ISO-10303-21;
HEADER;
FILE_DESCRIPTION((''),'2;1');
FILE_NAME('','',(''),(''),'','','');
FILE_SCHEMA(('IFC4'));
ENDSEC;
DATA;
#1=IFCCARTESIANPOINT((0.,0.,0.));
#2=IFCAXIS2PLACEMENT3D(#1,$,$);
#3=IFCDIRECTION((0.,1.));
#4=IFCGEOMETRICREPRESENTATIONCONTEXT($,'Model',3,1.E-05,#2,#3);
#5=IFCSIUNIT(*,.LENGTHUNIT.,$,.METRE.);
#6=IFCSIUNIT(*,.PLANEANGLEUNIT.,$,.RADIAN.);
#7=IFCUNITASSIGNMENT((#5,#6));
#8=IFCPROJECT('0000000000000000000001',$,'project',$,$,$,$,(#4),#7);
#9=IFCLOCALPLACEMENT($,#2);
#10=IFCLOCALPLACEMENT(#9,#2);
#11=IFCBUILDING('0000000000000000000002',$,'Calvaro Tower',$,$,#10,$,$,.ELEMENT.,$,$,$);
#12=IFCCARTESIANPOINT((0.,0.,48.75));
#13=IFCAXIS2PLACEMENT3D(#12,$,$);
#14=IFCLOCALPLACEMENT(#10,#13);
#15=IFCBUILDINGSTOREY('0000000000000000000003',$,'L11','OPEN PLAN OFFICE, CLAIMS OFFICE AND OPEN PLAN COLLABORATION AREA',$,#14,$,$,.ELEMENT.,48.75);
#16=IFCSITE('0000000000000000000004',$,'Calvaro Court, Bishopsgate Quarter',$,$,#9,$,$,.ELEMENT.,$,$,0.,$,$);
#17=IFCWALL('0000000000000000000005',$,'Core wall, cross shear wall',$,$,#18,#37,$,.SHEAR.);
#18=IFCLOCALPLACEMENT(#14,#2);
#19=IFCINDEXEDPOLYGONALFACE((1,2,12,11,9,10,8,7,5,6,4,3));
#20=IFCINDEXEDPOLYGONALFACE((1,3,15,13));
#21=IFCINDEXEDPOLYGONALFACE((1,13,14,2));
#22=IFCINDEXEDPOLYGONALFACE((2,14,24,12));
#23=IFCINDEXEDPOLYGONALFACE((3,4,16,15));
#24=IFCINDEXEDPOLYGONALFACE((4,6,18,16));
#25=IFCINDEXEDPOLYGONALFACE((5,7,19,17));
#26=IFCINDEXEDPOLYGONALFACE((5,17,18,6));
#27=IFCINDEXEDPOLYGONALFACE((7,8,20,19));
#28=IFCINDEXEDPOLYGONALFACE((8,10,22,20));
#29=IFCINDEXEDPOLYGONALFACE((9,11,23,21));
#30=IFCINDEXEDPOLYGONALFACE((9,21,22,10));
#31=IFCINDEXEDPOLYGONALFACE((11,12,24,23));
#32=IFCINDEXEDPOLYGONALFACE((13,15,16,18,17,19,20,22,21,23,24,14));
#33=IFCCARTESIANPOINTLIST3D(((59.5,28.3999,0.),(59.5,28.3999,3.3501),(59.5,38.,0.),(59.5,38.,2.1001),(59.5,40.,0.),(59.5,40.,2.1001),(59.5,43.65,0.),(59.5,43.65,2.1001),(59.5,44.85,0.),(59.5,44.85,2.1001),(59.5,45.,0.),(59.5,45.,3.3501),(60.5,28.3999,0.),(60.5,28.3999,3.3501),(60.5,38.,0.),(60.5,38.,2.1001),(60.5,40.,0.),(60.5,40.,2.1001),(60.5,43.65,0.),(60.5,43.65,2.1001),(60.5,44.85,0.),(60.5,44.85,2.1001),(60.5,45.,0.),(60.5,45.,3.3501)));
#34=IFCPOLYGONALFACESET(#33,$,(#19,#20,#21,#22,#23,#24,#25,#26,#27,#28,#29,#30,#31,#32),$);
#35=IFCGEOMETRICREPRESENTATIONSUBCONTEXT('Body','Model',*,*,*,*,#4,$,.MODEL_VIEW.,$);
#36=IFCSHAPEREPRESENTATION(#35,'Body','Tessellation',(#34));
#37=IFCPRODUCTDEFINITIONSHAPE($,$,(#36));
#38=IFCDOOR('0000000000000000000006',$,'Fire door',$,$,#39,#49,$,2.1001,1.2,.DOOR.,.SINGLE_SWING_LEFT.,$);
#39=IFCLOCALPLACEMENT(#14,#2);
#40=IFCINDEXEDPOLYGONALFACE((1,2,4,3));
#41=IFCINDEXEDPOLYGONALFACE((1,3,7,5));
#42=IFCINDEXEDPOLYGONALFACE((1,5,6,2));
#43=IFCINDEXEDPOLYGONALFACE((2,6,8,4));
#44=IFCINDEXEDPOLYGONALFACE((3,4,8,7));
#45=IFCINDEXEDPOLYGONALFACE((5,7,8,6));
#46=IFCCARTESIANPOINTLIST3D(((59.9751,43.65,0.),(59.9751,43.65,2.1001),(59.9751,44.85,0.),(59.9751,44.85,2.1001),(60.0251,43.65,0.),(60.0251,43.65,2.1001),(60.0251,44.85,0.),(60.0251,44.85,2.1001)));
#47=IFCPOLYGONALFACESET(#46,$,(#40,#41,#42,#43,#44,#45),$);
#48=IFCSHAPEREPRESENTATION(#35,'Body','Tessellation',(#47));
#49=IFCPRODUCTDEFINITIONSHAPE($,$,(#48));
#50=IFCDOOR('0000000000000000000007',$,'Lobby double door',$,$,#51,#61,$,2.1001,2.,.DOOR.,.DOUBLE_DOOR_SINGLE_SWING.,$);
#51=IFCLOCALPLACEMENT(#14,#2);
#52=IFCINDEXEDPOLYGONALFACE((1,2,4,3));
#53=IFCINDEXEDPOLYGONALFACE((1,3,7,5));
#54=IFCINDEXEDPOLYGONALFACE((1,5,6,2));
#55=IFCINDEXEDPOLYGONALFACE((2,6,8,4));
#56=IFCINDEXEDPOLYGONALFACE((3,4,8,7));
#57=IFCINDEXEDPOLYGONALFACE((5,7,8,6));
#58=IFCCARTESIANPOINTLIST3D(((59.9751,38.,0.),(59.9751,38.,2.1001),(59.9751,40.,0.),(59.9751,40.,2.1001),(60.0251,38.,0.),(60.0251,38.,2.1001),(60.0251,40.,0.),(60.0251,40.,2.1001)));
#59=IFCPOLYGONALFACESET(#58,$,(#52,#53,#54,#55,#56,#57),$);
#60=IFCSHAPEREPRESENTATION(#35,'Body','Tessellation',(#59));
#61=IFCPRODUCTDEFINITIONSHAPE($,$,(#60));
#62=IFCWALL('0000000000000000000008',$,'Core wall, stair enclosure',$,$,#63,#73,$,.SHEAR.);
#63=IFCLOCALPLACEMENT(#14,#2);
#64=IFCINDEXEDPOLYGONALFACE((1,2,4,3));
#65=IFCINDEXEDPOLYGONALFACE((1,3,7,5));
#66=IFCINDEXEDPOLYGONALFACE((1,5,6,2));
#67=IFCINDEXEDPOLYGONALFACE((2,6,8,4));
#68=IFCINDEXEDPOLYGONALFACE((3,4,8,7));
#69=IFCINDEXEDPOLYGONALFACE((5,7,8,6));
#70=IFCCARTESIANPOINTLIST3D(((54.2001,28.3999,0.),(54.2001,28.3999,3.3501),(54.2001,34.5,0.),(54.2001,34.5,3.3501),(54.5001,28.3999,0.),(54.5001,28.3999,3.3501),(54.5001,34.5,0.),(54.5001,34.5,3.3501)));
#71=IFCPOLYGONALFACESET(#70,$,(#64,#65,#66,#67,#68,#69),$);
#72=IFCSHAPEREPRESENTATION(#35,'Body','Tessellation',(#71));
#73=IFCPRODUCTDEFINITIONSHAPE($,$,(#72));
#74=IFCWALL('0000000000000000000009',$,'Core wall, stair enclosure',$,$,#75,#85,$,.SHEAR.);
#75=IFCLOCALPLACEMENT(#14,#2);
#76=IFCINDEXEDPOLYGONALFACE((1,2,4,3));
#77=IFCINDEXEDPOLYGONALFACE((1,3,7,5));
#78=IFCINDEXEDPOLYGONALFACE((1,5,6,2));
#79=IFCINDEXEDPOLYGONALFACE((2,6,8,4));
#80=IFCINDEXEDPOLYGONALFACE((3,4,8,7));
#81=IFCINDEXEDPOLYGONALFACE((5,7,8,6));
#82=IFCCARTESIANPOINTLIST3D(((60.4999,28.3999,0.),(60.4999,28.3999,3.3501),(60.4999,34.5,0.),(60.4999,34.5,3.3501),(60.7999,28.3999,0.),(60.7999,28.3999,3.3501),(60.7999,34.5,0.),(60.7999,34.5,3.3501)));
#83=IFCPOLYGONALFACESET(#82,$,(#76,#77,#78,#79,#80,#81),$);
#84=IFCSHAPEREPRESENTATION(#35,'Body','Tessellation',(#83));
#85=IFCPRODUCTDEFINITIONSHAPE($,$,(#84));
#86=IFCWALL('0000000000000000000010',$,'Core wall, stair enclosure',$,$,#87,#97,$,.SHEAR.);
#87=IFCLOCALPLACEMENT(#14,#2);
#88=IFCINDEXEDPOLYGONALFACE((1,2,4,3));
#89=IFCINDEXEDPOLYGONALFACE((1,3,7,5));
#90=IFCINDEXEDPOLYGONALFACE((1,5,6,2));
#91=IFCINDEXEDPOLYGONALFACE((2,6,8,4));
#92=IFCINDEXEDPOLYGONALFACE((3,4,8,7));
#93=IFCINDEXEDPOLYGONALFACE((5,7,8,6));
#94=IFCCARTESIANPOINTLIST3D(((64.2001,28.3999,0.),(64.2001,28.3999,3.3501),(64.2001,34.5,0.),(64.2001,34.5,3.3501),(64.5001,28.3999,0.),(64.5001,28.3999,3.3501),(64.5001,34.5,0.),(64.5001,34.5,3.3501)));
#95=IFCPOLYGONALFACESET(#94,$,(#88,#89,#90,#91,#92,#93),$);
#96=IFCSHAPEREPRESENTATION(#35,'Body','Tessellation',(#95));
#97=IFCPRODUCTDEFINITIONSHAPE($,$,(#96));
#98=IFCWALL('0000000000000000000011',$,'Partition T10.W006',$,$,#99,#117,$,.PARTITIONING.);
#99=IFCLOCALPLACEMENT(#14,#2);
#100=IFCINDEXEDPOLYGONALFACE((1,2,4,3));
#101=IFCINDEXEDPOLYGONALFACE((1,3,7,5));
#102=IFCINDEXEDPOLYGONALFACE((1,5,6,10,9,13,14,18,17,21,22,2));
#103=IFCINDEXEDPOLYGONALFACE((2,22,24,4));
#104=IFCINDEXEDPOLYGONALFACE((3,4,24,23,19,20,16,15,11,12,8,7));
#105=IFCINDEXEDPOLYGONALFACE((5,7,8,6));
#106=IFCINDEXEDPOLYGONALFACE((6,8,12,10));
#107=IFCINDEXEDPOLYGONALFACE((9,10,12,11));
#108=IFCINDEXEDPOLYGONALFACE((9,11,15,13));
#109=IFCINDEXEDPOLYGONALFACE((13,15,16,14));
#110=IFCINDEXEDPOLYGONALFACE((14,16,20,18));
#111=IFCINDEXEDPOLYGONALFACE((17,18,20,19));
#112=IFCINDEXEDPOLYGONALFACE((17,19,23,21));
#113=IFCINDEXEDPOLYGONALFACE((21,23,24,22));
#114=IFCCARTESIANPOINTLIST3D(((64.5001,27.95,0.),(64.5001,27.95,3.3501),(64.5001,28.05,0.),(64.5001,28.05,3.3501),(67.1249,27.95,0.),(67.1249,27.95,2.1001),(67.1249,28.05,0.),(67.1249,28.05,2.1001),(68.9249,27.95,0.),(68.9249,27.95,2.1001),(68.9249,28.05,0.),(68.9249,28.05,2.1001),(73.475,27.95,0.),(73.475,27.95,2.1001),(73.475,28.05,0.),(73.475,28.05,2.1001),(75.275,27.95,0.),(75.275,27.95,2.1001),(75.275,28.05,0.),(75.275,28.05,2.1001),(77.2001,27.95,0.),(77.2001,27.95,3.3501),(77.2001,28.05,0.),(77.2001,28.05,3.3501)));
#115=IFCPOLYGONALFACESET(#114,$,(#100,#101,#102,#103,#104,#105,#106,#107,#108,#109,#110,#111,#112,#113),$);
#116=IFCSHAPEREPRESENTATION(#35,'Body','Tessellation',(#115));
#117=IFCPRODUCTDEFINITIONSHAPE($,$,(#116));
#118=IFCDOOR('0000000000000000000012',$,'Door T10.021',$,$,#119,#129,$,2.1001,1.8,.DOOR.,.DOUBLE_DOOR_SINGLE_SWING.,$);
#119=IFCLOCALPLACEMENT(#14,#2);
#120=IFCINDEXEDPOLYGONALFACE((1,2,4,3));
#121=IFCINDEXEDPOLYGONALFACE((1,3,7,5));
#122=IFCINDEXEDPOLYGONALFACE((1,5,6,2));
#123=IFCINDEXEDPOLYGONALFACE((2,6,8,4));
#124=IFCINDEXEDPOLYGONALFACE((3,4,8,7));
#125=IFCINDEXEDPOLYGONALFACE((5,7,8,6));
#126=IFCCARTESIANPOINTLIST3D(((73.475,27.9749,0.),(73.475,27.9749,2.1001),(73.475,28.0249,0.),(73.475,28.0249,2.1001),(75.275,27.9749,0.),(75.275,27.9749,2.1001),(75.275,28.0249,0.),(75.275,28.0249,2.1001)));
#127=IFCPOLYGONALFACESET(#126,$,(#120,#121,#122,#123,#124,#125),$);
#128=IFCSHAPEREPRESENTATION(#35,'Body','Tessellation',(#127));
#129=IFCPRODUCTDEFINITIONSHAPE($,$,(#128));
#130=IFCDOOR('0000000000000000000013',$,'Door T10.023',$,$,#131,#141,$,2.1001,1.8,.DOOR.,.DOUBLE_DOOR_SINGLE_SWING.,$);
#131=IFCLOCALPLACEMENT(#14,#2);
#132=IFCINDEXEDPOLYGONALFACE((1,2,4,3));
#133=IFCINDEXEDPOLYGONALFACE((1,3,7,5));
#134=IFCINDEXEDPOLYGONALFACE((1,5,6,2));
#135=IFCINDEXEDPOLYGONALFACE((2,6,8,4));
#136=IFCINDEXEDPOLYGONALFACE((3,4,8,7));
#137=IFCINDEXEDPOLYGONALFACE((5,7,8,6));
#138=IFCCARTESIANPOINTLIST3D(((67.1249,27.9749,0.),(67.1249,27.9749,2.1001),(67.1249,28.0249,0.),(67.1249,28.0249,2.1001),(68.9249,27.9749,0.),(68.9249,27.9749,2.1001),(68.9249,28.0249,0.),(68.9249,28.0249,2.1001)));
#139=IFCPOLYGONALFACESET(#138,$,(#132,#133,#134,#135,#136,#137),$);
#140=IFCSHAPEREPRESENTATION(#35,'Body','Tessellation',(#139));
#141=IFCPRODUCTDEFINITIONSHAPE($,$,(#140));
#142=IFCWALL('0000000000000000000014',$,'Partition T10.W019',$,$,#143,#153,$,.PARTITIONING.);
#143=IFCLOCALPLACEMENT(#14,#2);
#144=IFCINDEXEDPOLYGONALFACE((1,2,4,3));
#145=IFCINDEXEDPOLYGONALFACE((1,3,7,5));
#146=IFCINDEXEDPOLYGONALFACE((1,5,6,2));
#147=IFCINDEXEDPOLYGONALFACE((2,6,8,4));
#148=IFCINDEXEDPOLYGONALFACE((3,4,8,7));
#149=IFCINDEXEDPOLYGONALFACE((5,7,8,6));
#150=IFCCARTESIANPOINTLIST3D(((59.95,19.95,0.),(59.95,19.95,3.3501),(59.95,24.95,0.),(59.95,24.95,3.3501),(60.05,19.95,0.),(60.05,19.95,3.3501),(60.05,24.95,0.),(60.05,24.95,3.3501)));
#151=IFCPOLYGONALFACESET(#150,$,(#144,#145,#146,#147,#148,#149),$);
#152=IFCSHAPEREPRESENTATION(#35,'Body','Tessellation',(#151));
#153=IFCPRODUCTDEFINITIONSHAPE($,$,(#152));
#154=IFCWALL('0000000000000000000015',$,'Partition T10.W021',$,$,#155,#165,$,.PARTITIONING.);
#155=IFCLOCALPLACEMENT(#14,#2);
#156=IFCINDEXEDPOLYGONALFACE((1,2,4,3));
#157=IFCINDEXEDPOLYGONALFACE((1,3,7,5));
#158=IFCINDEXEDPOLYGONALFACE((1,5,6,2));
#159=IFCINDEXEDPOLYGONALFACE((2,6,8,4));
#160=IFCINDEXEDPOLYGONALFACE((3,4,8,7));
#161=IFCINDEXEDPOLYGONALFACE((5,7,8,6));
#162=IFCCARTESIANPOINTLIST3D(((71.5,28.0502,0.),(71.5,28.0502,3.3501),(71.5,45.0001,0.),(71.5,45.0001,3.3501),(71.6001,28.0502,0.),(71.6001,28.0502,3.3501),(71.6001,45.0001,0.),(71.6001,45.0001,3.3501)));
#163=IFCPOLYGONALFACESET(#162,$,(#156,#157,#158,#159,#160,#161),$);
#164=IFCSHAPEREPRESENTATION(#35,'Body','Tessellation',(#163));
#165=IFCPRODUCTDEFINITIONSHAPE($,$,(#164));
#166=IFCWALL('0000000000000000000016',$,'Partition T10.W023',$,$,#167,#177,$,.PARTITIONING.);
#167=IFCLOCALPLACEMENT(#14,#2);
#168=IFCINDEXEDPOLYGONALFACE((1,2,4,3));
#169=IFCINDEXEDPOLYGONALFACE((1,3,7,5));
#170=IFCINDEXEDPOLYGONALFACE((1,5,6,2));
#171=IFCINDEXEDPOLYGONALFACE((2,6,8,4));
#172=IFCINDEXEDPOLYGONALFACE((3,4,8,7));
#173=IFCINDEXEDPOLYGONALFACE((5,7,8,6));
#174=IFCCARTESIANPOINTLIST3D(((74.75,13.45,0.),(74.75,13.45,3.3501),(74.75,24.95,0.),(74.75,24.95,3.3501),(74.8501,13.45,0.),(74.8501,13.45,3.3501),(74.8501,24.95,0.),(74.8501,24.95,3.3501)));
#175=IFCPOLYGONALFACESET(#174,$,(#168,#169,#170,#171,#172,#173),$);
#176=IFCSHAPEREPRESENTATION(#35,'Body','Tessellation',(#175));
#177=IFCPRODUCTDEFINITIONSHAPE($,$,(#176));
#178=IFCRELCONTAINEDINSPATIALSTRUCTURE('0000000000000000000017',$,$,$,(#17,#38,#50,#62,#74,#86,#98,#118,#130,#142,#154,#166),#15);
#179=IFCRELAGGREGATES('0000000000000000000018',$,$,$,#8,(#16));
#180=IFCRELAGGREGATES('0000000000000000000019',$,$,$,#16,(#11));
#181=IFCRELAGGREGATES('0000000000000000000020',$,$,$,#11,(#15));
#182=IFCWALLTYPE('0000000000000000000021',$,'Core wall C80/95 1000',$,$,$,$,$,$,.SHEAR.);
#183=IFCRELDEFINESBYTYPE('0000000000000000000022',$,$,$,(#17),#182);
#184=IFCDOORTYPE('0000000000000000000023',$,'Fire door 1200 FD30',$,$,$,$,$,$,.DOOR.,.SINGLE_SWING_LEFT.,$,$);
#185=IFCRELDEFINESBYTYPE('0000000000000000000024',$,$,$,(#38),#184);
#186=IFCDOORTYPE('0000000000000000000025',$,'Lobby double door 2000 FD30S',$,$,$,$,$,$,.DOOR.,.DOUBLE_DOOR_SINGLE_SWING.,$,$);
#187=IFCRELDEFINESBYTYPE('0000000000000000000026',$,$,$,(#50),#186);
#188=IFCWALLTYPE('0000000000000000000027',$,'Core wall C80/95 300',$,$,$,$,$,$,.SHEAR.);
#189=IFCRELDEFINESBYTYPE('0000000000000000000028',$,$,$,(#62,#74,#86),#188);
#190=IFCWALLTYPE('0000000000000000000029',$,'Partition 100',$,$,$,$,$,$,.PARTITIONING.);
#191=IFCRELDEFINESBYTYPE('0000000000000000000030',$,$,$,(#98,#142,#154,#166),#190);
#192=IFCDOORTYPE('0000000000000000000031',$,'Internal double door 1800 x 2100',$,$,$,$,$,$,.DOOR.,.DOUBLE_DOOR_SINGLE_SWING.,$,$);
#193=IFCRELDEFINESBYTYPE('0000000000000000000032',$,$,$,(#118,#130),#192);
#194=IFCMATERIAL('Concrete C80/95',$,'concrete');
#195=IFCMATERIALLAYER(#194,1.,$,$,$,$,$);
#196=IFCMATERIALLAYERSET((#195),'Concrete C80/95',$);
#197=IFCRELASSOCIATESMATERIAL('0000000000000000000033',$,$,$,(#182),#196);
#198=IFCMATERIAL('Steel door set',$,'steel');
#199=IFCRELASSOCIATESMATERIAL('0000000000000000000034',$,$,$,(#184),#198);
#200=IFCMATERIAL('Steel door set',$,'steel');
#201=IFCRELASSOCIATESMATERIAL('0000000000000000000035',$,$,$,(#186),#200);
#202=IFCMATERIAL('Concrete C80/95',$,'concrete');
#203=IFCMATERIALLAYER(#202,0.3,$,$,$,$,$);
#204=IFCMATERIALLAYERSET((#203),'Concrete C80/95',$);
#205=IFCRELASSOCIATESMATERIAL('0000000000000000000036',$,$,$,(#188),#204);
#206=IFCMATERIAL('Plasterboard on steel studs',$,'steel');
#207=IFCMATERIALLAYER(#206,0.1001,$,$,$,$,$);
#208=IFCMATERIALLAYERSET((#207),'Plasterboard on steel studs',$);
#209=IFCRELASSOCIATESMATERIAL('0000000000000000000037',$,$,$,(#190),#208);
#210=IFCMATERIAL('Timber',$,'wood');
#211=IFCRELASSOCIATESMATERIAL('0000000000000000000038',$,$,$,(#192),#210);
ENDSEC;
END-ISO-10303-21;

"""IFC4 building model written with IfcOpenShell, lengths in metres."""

from ifc_helpers import new_model, si_unit, direction, frame, frame_2d, origin, place, context, subcontext, project, spatial, rectangle, extrude, material, layer, layer_set, type_object, element, fill, save


model = new_model("IFC4")

# Units and contexts
model_context = context("Model", 3, precision=1e-05, world=origin(), true_north=direction((0.0, 1.0)))
body_context = subcontext(model_context, "Body", "Model", "MODEL_VIEW")
ifc_project = project(units=[si_unit("LENGTHUNIT", "METRE"), si_unit("PLANEANGLEUNIT", "RADIAN")], contexts=[model_context])

# Site, building, storey
site_placement = place(None, origin())
site = spatial("IfcSite", under=ifc_project, at=site_placement, Name="Calvaro Court, Bishopsgate Quarter", CompositionType="ELEMENT", RefElevation=0.0)
building_placement = place(site_placement, origin())
building = spatial("IfcBuilding", under=site, at=building_placement, Name="Calvaro Tower", CompositionType="ELEMENT")
storey_placement = place(building_placement, frame((0.0, 0.0, 48.75)))
storey = spatial("IfcBuildingStorey", under=building, at=storey_placement, Name="L11", Description="OPEN PLAN OFFICE, CLAIMS OFFICE AND OPEN PLAN COLLABORATION AREA", CompositionType="ELEMENT", Elevation=48.75)

# Wall, openings, doors
ifc_material_1 = material(Name="Concrete C80/95", Category="concrete")
ifc_layer_1 = layer(ifc_material_1, 1.0)
ifc_layer_set_1 = layer_set([ifc_layer_1], Name="Concrete C80/95")
wall_type_1 = type_object("IfcWallType", Name="Core wall C80/95 1000", PredefinedType="SHEAR", material=ifc_layer_set_1)
wall_1_placement = place(storey_placement, frame((60.0, 28.3999, 0.0), z_axis=(0.0, 0.0, 1.0), x_axis=(0.0, 1.0, 0.0)))
wall_1 = element("IfcWall", 1, at=wall_1_placement, inside=storey, type_object=wall_type_1, Name="Core wall, cross shear wall", PredefinedType="SHEAR", context=body_context, shape_type="SweptSolid", body=[
    extrude(rectangle(XDim=16.6001, YDim=1.0, at=frame_2d((8.3, 0.0))), origin(), (0.0, 0.0, 1.0), 3.3501),
])
opening_1_placement = place(wall_1_placement, frame((9.6001, 0.0, 0.0)))
opening_1 = element("IfcOpeningElement", 2, at=opening_1_placement, cuts=wall_1, PredefinedType="OPENING", context=body_context, shape_type="SweptSolid", body=[
    extrude(rectangle(XDim=2.0, YDim=2.1001, at=frame_2d((1.0, 1.05))), frame((0.0, 0.51, 0.0), z_axis=(0.0, -1.0, 0.0), x_axis=(1.0, 0.0, 0.0)), (0.0, 0.0, 1.0), 1.02),
])
opening_2_placement = place(wall_1_placement, frame((15.25, 0.0, 0.0)))
opening_2 = element("IfcOpeningElement", 3, at=opening_2_placement, cuts=wall_1, PredefinedType="OPENING", context=body_context, shape_type="SweptSolid", body=[
    extrude(rectangle(XDim=1.2, YDim=2.1001, at=frame_2d((0.6001, 1.05))), frame((0.0, 0.51, 0.0), z_axis=(0.0, -1.0, 0.0), x_axis=(1.0, 0.0, 0.0)), (0.0, 0.0, 1.0), 1.02),
])
ifc_material_2 = material(Name="Steel door set", Category="steel")
door_type_1 = type_object("IfcDoorType", Name="Fire door 1200 FD30", OperationType="SINGLE_SWING_LEFT", PredefinedType="DOOR", material=ifc_material_2)
door_1_placement = place(opening_2_placement, origin())
door_1 = element("IfcDoor", 4, at=door_1_placement, inside=storey, type_object=door_type_1, Name="Fire door", OperationType="SINGLE_SWING_LEFT", OverallHeight=2.1001, OverallWidth=1.2, PredefinedType="DOOR", context=body_context, shape_type="SweptSolid", body=[
    extrude(rectangle(XDim=1.2, YDim=2.1001, at=frame_2d((0.6001, 1.05))), frame((0.0, 0.0249, 0.0), z_axis=(0.0, -1.0, 0.0), x_axis=(1.0, 0.0, 0.0)), (0.0, 0.0, 1.0), 0.05),
])
fill(opening_2, door_1)
ifc_material_3 = material(Name="Steel door set", Category="steel")
door_type_2 = type_object("IfcDoorType", Name="Lobby double door 2000 FD30S", OperationType="DOUBLE_DOOR_SINGLE_SWING", PredefinedType="DOOR", material=ifc_material_3)
door_2_placement = place(opening_1_placement, origin())
door_2 = element("IfcDoor", 5, at=door_2_placement, inside=storey, type_object=door_type_2, Name="Lobby double door", OperationType="DOUBLE_DOOR_SINGLE_SWING", OverallHeight=2.1001, OverallWidth=2.0, PredefinedType="DOOR", context=body_context, shape_type="SweptSolid", body=[
    extrude(rectangle(XDim=2.0, YDim=2.1001, at=frame_2d((1.0, 1.05))), frame((0.0, 0.0249, 0.0), z_axis=(0.0, -1.0, 0.0), x_axis=(1.0, 0.0, 0.0)), (0.0, 0.0, 1.0), 0.05),
])
fill(opening_1, door_2)

# Walls
ifc_material_4 = material(Name="Concrete C80/95", Category="concrete")
ifc_layer_2 = layer(ifc_material_4, 0.3)
ifc_layer_set_2 = layer_set([ifc_layer_2], Name="Concrete C80/95")
wall_type_2 = type_object("IfcWallType", Name="Core wall C80/95 300", PredefinedType="SHEAR", material=ifc_layer_set_2)
for number, where, z_axis, x_axis, name in (
    (6, (54.3501, 28.3999, 0.0), (0.0, 0.0, 1.0), (0.0, 1.0, 0.0), "Core wall, stair enclosure"),
    (7, (60.6499, 28.3999, 0.0), (0.0, 0.0, 1.0), (0.0, 1.0, 0.0), "Core wall, stair enclosure"),
    (8, (64.3501, 28.3999, 0.0), (0.0, 0.0, 1.0), (0.0, 1.0, 0.0), "Core wall, stair enclosure"),
):
    element("IfcWall", number, at=place(storey_placement, frame(where, z_axis=z_axis, x_axis=x_axis)), inside=storey, type_object=wall_type_2, Name=name, PredefinedType="SHEAR", context=body_context, shape_type="SweptSolid", body=[
        extrude(rectangle(XDim=6.1001, YDim=0.3, at=frame_2d((3.05, 0.0))), origin(), (0.0, 0.0, 1.0), 3.3501),
    ])

# Wall, openings, doors
ifc_material_5 = material(Name="Plasterboard on steel studs", Category="steel")
ifc_layer_3 = layer(ifc_material_5, 0.1001)
ifc_layer_set_3 = layer_set([ifc_layer_3], Name="Plasterboard on steel studs")
wall_type_3 = type_object("IfcWallType", Name="Partition 100", PredefinedType="PARTITIONING", material=ifc_layer_set_3)
wall_2_placement = place(storey_placement, frame((64.5, 28.0, 0.0), z_axis=(0.0, 0.0, 1.0), x_axis=(1.0, 0.0, 0.0)))
wall_2 = element("IfcWall", 9, at=wall_2_placement, inside=storey, type_object=wall_type_3, Name="Partition T10.W006", PredefinedType="PARTITIONING", context=body_context, shape_type="SweptSolid", body=[
    extrude(rectangle(XDim=12.7, YDim=0.1001, at=frame_2d((6.3501, 0.0))), origin(), (0.0, 0.0, 1.0), 3.3501),
])
opening_3_placement = place(wall_2_placement, frame((8.9751, 0.0, 0.0)))
opening_3 = element("IfcOpeningElement", 10, at=opening_3_placement, cuts=wall_2, PredefinedType="OPENING", context=body_context, shape_type="SweptSolid", body=[
    extrude(rectangle(XDim=1.8, YDim=2.1001, at=frame_2d((0.8999, 1.05))), frame((0.0, 0.0601, 0.0), z_axis=(0.0, -1.0, 0.0), x_axis=(1.0, 0.0, 0.0)), (0.0, 0.0, 1.0), 0.1201),
])
opening_4_placement = place(wall_2_placement, frame((2.625, 0.0, 0.0)))
opening_4 = element("IfcOpeningElement", 11, at=opening_4_placement, cuts=wall_2, PredefinedType="OPENING", context=body_context, shape_type="SweptSolid", body=[
    extrude(rectangle(XDim=1.8, YDim=2.1001, at=frame_2d((0.8999, 1.05))), frame((0.0, 0.0601, 0.0), z_axis=(0.0, -1.0, 0.0), x_axis=(1.0, 0.0, 0.0)), (0.0, 0.0, 1.0), 0.1201),
])
ifc_material_6 = material(Name="Timber", Category="wood")
door_type_3 = type_object("IfcDoorType", Name="Internal double door 1800 x 2100", OperationType="DOUBLE_DOOR_SINGLE_SWING", PredefinedType="DOOR", material=ifc_material_6)
door_3_placement = place(opening_3_placement, origin())
door_3 = element("IfcDoor", 12, at=door_3_placement, inside=storey, type_object=door_type_3, Name="Door T10.021", OperationType="DOUBLE_DOOR_SINGLE_SWING", OverallHeight=2.1001, OverallWidth=1.8, PredefinedType="DOOR", context=body_context, shape_type="SweptSolid", body=[
    extrude(rectangle(XDim=1.8, YDim=2.1001, at=frame_2d((0.8999, 1.05))), frame((0.0, 0.0249, 0.0), z_axis=(0.0, -1.0, 0.0), x_axis=(1.0, 0.0, 0.0)), (0.0, 0.0, 1.0), 0.05),
])
fill(opening_3, door_3)
door_4_placement = place(opening_4_placement, origin())
door_4 = element("IfcDoor", 13, at=door_4_placement, inside=storey, type_object=door_type_3, Name="Door T10.023", OperationType="DOUBLE_DOOR_SINGLE_SWING", OverallHeight=2.1001, OverallWidth=1.8, PredefinedType="DOOR", context=body_context, shape_type="SweptSolid", body=[
    extrude(rectangle(XDim=1.8, YDim=2.1001, at=frame_2d((0.8999, 1.05))), frame((0.0, 0.0249, 0.0), z_axis=(0.0, -1.0, 0.0), x_axis=(1.0, 0.0, 0.0)), (0.0, 0.0, 1.0), 0.05),
])
fill(opening_4, door_4)

# Walls
wall_3_placement = place(storey_placement, frame((60.0, 19.95, 0.0), z_axis=(0.0, 0.0, 1.0), x_axis=(0.0, 1.0, 0.0)))
element("IfcWall", 14, at=wall_3_placement, inside=storey, type_object=wall_type_3, Name="Partition T10.W019", PredefinedType="PARTITIONING", context=body_context, shape_type="SweptSolid", body=[
    extrude(rectangle(XDim=5.0, YDim=0.1001, at=frame_2d((2.5, 0.0))), origin(), (0.0, 0.0, 1.0), 3.3501),
])
wall_4_placement = place(storey_placement, frame((71.55, 28.05, 0.0), z_axis=(0.0, 0.0, 1.0), x_axis=(0.0, 1.0, 0.0)))
element("IfcWall", 15, at=wall_4_placement, inside=storey, type_object=wall_type_3, Name="Partition T10.W021", PredefinedType="PARTITIONING", context=body_context, shape_type="SweptSolid", body=[
    extrude(rectangle(XDim=16.95, YDim=0.1001, at=frame_2d((8.4751, 0.0))), origin(), (0.0, 0.0, 1.0), 3.3501),
])
wall_5_placement = place(storey_placement, frame((74.8, 13.45, 0.0), z_axis=(0.0, 0.0, 1.0), x_axis=(0.0, 1.0, 0.0)))
element("IfcWall", 16, at=wall_5_placement, inside=storey, type_object=wall_type_3, Name="Partition T10.W023", PredefinedType="PARTITIONING", context=body_context, shape_type="SweptSolid", body=[
    extrude(rectangle(XDim=11.5, YDim=0.1001, at=frame_2d((5.75, 0.0))), origin(), (0.0, 0.0, 1.0), 3.3501),
])

save(model, "model.ifc")
